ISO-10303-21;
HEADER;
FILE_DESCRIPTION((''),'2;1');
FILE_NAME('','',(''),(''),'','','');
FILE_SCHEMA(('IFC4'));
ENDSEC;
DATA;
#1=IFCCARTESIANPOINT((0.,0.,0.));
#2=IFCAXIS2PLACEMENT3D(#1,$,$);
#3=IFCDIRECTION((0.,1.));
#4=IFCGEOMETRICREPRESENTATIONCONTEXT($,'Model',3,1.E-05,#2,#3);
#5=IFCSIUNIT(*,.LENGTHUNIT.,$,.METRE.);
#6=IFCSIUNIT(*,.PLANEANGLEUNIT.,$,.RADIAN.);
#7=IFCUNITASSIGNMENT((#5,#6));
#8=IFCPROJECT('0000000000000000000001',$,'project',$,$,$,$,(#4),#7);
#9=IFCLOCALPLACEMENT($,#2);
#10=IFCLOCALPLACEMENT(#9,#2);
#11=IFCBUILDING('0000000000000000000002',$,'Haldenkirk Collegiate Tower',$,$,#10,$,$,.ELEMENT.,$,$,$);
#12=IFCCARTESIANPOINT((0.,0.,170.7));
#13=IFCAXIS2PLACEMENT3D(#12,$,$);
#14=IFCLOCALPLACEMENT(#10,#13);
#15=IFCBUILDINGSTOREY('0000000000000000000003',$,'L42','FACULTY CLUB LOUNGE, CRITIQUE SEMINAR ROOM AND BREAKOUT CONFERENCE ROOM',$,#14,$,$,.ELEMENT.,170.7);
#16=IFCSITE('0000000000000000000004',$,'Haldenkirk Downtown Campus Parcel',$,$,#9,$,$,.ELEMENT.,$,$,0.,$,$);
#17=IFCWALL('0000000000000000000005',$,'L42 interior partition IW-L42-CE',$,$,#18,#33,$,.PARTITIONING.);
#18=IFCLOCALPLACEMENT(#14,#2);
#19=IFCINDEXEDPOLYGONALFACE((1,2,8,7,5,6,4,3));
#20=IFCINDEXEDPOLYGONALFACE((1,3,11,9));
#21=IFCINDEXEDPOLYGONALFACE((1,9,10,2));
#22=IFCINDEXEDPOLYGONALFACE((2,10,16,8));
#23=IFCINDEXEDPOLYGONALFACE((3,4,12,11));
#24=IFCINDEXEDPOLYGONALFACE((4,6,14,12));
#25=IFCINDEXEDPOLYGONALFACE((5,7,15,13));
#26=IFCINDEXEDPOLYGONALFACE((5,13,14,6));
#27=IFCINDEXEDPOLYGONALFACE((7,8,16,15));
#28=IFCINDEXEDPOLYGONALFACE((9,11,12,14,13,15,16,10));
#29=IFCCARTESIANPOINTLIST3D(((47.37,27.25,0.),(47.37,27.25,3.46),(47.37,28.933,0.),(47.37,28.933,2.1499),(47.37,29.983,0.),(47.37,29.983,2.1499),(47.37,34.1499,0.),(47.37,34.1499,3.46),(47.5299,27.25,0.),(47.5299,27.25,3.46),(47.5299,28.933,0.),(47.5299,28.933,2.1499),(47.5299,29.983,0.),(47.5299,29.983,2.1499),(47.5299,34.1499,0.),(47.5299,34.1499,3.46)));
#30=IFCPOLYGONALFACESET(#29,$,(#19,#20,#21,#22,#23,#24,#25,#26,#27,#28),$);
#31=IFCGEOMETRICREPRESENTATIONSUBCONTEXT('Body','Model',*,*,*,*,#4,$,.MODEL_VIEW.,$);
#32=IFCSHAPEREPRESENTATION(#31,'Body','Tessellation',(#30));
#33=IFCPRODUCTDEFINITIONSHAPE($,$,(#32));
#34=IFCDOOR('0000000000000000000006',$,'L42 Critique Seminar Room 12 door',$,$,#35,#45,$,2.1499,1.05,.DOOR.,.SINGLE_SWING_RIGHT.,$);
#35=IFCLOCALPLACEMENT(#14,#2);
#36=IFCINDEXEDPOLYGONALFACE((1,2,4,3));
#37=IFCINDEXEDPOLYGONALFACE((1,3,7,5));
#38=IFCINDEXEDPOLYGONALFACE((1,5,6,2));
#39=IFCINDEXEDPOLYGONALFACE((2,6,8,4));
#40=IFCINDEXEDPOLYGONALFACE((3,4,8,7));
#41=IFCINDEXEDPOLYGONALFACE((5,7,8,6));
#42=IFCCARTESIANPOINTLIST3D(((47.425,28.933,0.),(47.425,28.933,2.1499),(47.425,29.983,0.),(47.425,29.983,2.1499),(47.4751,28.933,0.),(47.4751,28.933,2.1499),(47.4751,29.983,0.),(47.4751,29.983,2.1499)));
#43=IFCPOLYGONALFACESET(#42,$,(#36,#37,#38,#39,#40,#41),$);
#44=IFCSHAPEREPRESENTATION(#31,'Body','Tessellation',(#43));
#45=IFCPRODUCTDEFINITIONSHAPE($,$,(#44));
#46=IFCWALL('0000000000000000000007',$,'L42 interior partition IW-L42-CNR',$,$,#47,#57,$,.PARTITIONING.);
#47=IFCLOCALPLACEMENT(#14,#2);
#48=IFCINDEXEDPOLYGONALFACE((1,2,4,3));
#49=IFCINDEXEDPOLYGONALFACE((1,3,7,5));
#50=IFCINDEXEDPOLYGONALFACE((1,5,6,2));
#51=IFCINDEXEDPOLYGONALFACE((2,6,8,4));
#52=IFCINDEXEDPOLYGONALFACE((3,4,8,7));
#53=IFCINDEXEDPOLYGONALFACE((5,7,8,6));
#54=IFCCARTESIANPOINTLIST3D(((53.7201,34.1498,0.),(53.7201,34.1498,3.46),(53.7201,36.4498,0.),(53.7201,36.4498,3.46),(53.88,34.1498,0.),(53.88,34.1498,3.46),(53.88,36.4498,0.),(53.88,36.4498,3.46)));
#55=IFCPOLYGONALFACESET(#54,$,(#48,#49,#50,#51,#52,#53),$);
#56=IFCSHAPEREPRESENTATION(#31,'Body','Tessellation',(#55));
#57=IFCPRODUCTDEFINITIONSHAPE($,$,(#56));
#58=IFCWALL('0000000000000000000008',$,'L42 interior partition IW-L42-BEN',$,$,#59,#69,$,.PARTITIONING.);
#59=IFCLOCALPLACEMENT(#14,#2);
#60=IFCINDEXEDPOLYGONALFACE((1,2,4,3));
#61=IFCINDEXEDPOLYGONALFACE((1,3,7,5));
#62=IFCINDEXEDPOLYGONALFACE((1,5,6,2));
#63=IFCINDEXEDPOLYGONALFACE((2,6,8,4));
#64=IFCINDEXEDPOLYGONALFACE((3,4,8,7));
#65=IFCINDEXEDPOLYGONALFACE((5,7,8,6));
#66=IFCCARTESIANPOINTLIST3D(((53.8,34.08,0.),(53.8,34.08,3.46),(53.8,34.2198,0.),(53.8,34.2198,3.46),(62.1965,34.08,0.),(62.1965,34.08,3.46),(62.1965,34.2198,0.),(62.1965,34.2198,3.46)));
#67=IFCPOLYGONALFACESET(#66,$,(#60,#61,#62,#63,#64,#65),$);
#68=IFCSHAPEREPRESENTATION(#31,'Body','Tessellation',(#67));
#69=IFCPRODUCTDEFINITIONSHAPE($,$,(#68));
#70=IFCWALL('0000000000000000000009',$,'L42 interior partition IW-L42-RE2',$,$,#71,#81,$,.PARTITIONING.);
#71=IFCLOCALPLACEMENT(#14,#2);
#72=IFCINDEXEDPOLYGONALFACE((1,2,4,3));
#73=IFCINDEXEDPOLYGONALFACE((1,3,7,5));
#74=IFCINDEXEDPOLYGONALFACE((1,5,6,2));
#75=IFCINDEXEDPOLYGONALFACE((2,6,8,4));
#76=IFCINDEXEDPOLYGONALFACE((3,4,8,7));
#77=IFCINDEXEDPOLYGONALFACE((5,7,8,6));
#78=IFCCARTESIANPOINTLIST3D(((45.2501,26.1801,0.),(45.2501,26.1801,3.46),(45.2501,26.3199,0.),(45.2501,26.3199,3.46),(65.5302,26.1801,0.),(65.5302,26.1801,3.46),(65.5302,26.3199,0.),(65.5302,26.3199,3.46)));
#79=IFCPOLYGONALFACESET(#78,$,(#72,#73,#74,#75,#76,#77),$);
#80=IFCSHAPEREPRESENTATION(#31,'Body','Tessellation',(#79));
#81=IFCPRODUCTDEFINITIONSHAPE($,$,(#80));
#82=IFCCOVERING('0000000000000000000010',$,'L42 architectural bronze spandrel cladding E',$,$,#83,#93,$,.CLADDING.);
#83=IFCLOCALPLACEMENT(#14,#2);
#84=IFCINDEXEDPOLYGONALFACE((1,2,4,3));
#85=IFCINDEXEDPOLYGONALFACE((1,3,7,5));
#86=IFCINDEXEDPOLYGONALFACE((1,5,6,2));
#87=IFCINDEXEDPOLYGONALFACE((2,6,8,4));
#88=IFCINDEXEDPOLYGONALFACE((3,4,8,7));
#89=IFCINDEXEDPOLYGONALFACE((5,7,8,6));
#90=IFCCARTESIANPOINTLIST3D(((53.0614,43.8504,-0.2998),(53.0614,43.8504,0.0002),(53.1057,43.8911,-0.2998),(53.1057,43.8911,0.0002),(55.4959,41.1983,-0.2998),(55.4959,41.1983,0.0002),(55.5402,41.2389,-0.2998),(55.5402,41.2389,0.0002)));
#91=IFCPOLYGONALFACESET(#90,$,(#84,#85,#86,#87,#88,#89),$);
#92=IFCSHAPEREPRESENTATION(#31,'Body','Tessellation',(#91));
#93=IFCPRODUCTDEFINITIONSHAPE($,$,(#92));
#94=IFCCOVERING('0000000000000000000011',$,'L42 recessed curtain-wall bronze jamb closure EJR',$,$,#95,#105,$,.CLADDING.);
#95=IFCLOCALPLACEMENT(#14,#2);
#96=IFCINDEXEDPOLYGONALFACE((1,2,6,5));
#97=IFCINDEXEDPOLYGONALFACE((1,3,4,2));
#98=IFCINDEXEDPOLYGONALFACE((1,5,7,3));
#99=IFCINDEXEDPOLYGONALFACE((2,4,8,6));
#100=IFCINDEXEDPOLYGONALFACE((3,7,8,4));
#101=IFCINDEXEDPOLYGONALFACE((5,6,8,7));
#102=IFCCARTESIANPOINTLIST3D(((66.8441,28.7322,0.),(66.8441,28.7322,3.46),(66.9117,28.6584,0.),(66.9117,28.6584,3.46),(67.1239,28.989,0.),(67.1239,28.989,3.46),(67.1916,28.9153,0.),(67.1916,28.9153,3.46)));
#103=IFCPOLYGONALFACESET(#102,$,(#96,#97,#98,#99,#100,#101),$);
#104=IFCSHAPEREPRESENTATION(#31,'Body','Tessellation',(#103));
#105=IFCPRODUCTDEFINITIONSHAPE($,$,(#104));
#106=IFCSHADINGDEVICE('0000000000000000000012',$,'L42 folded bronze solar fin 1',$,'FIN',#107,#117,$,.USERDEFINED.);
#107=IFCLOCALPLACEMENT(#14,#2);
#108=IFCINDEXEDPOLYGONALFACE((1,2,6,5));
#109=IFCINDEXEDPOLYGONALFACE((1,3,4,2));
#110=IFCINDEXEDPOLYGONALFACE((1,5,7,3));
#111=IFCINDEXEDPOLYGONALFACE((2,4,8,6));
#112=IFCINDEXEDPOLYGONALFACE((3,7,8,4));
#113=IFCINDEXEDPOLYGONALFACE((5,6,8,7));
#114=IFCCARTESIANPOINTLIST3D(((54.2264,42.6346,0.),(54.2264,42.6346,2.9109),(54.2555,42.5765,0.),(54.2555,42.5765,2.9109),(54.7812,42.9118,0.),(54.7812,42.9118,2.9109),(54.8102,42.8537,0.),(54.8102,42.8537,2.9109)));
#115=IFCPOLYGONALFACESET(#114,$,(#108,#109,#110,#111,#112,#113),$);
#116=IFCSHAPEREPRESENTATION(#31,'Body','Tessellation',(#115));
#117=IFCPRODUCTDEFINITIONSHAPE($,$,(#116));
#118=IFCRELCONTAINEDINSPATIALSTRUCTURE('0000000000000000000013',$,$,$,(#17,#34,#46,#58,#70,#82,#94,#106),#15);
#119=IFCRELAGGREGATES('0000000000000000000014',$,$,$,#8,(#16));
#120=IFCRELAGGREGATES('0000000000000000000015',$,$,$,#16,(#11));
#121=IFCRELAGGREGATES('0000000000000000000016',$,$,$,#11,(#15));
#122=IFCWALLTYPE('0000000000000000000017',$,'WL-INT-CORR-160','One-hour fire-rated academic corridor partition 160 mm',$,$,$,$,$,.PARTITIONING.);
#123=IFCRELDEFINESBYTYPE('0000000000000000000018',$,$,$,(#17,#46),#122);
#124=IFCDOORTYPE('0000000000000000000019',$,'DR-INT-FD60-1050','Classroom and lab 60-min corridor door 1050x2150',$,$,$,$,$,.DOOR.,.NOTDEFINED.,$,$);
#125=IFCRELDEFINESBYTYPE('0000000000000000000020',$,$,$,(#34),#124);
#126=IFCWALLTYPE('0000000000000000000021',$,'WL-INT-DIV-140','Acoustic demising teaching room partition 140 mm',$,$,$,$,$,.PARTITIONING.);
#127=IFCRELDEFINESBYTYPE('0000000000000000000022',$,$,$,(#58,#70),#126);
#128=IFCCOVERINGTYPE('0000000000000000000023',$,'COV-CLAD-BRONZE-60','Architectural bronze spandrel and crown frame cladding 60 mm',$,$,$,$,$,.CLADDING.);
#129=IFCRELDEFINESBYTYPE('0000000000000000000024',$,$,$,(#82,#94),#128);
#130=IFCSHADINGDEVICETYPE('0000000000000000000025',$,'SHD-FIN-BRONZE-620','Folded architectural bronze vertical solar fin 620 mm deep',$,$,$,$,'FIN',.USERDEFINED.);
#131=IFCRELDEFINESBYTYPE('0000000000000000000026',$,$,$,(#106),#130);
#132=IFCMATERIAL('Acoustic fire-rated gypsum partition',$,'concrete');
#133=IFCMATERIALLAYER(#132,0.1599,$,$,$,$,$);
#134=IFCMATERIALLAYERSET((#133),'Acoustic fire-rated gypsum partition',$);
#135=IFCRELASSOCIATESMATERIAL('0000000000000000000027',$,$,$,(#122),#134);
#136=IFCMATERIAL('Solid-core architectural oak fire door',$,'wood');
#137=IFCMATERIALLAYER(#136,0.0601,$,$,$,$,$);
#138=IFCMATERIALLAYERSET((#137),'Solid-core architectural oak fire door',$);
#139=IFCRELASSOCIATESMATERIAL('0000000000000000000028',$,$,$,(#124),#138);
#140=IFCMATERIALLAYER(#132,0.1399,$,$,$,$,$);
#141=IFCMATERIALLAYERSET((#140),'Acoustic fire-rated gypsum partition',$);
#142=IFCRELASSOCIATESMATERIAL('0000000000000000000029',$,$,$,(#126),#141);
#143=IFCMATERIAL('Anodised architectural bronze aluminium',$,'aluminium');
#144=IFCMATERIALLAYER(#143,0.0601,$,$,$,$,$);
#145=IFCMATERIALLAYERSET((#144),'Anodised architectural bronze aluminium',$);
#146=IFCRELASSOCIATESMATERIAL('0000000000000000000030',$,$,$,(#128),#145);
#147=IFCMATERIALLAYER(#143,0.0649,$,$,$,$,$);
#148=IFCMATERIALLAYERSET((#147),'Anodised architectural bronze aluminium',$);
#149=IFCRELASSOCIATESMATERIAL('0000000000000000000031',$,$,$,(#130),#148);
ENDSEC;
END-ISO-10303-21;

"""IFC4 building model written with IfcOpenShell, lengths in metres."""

from ifc_helpers import new_model, si_unit, direction, frame, frame_2d, origin, origin_2d, place, context, subcontext, project, spatial, rectangle, extrude, source, transform, mapped, material, layer, layer_set, type_object, element, fill, save


model = new_model("IFC4")

# Units and contexts
model_context = context("Model", 3, precision=1e-05, world=origin(), true_north=direction((0.0, 1.0)))
body_context = subcontext(model_context, "Body", "Model", "MODEL_VIEW")
ifc_project = project(units=[si_unit("LENGTHUNIT", "METRE"), si_unit("PLANEANGLEUNIT", "RADIAN")], contexts=[model_context])

# Site, building, storey
site_placement = place(None, origin())
site = spatial("IfcSite", under=ifc_project, at=site_placement, Name="Haldenkirk Downtown Campus Parcel", CompositionType="ELEMENT", RefElevation=0.0)
building_placement = place(site_placement, origin())
building = spatial("IfcBuilding", under=site, at=building_placement, Name="Haldenkirk Collegiate Tower", CompositionType="ELEMENT")
storey_placement = place(building_placement, frame((0.0, 0.0, 170.7)))
storey = spatial("IfcBuildingStorey", under=building, at=storey_placement, Name="L42", Description="FACULTY CLUB LOUNGE, CRITIQUE SEMINAR ROOM AND BREAKOUT CONFERENCE ROOM", CompositionType="ELEMENT", Elevation=170.7)

# Shared definitions
ifc_material_1 = material(Name="Anodised architectural bronze aluminium", Category="aluminium")

# Shared definitions
ifc_material_2 = material(Name="Acoustic fire-rated gypsum partition", Category="concrete")
ifc_layer_1 = layer(ifc_material_2, 0.1599)
ifc_layer_set_1 = layer_set([ifc_layer_1], Name="Acoustic fire-rated gypsum partition")
wall_type_1 = type_object("IfcWallType", Name="WL-INT-CORR-160", Description="One-hour fire-rated academic corridor partition 160 mm", PredefinedType="PARTITIONING", material=ifc_layer_set_1)

# Wall, opening, door
wall_1_placement = place(storey_placement, frame((47.45, 27.25, 0.0), z_axis=(0.0, 0.0, 1.0), x_axis=(0.0, 1.0, 0.0)))
wall_1 = element("IfcWall", 1, at=wall_1_placement, inside=storey, type_object=wall_type_1, Name="L42 interior partition IW-L42-CE", PredefinedType="PARTITIONING", context=body_context, shape_type="SweptSolid", body=[
    extrude(rectangle(XDim=6.8999, YDim=0.1599, at=frame_2d((3.45, 0.0))), origin(), (0.0, 0.0, 1.0), 3.46),
])
opening_1_placement = place(wall_1_placement, frame((1.6831, 0.0, 0.0)))
opening_1 = element("IfcOpeningElement", 2, at=opening_1_placement, cuts=wall_1, PredefinedType="OPENING", context=body_context, shape_type="SweptSolid", body=[
    extrude(rectangle(XDim=1.05, YDim=2.1499, at=frame_2d((0.5249, 1.075))), frame((0.0, 0.0898, 0.0), z_axis=(0.0, -1.0, 0.0), x_axis=(1.0, 0.0, 0.0)), (0.0, 0.0, 1.0), 0.1799),
])
ifc_material_3 = material(Name="Solid-core architectural oak fire door", Category="wood")
ifc_layer_2 = layer(ifc_material_3, 0.0601)
ifc_layer_set_2 = layer_set([ifc_layer_2], Name="Solid-core architectural oak fire door")
door_type_1 = type_object("IfcDoorType", Name="DR-INT-FD60-1050", Description="Classroom and lab 60-min corridor door 1050x2150", OperationType="NOTDEFINED", PredefinedType="DOOR", material=ifc_layer_set_2)
door_1_placement = place(opening_1_placement, origin())
door_1 = element("IfcDoor", 3, at=door_1_placement, inside=storey, type_object=door_type_1, Name="L42 Critique Seminar Room 12 door", OperationType="SINGLE_SWING_RIGHT", OverallHeight=2.1499, OverallWidth=1.05, PredefinedType="DOOR", context=body_context, shape_type="SweptSolid", body=[
    extrude(rectangle(XDim=1.05, YDim=2.1499, at=frame_2d((0.5249, 1.075))), frame((0.0, 0.0249, 0.0), z_axis=(0.0, -1.0, 0.0), x_axis=(1.0, 0.0, 0.0)), (0.0, 0.0, 1.0), 0.05),
])
fill(opening_1, door_1)

# Walls
wall_2_placement = place(storey_placement, frame((53.8, 34.1499, 0.0), z_axis=(0.0, 0.0, 1.0), x_axis=(0.0, 1.0, 0.0)))
element("IfcWall", 4, at=wall_2_placement, inside=storey, type_object=wall_type_1, Name="L42 interior partition IW-L42-CNR", PredefinedType="PARTITIONING", context=body_context, shape_type="SweptSolid", body=[
    extrude(rectangle(XDim=2.3, YDim=0.1599, at=frame_2d((1.1499, 0.0))), origin(), (0.0, 0.0, 1.0), 3.46),
])
ifc_layer_3 = layer(ifc_material_2, 0.1399)
ifc_layer_set_3 = layer_set([ifc_layer_3], Name="Acoustic fire-rated gypsum partition")
wall_type_2 = type_object("IfcWallType", Name="WL-INT-DIV-140", Description="Acoustic demising teaching room partition 140 mm", PredefinedType="PARTITIONING", material=ifc_layer_set_3)
wall_3_placement = place(storey_placement, frame((53.8, 34.1499, 0.0), z_axis=(0.0, 0.0, 1.0), x_axis=(1.0, 0.0, 0.0)))
element("IfcWall", 5, at=wall_3_placement, inside=storey, type_object=wall_type_2, Name="L42 interior partition IW-L42-BEN", PredefinedType="PARTITIONING", context=body_context, shape_type="SweptSolid", body=[
    extrude(rectangle(XDim=8.3965, YDim=0.1399, at=frame_2d((4.1982, 0.0))), origin(), (0.0, 0.0, 1.0), 3.46),
])
wall_4_placement = place(storey_placement, frame((45.25, 26.25, 0.0), z_axis=(0.0, 0.0, 1.0), x_axis=(1.0, 0.0, 0.0)))
element("IfcWall", 6, at=wall_4_placement, inside=storey, type_object=wall_type_2, Name="L42 interior partition IW-L42-RE2", PredefinedType="PARTITIONING", context=body_context, shape_type="SweptSolid", body=[
    extrude(rectangle(XDim=20.28, YDim=0.1399, at=frame_2d((10.1401, 0.0))), origin(), (0.0, 0.0, 1.0), 3.46),
])

# Coverings
ifc_layer_4 = layer(ifc_material_1, 0.0601)
ifc_layer_set_4 = layer_set([ifc_layer_4], Name="Anodised architectural bronze aluminium")
covering_type = type_object("IfcCoveringType", Name="COV-CLAD-BRONZE-60", Description="Architectural bronze spandrel and crown frame cladding 60 mm", PredefinedType="CLADDING", material=ifc_layer_set_4)
shared_shape_1 = source(origin(), body_context, "Body", "SweptSolid", [
    extrude(rectangle(XDim=3.6001, YDim=0.0601, at=origin_2d()), origin(), (0.0, 0.0, 1.0), 0.3),
])
covering_1_placement = place(storey_placement, frame((54.3008, 42.5447, -0.2998), z_axis=(0.0, 0.0, 1.0), x_axis=(0.676233, -0.736687, 0.0)))
element("IfcCovering", 7, at=covering_1_placement, inside=storey, type_object=covering_type, Name="L42 architectural bronze spandrel cladding E", PredefinedType="CLADDING", context=body_context, shape_type="MappedRepresentation", body=[
    mapped(shared_shape_1, transform((0.0, 0.0, 0.0), x_axis=(1.0, 0.0, 0.0), y_axis=(0.0, 1.0, 0.0), z_axis=(0.0, 0.0, 1.0), scale=1.0)),
])
shared_shape_2 = source(origin(), body_context, "Body", "SweptSolid", [
    extrude(rectangle(XDim=0.1001, YDim=0.3799, at=origin_2d()), origin(), (0.0, 0.0, 1.0), 3.46),
])
covering_2_placement = place(storey_placement, frame((67.0178, 28.8237, 0.0), z_axis=(0.0, 0.0, 1.0), x_axis=(0.676233, -0.736687, 0.0)))
element("IfcCovering", 8, at=covering_2_placement, inside=storey, type_object=covering_type, Name="L42 recessed curtain-wall bronze jamb closure EJR", PredefinedType="CLADDING", context=body_context, shape_type="MappedRepresentation", body=[
    mapped(shared_shape_2, transform((0.0, 0.0, 0.0), x_axis=(1.0, 0.0, 0.0), y_axis=(0.0, 1.0, 0.0), z_axis=(0.0, 0.0, 1.0), scale=1.0)),
])

# Shading device
ifc_layer_5 = layer(ifc_material_1, 0.0649)
ifc_layer_set_5 = layer_set([ifc_layer_5], Name="Anodised architectural bronze aluminium")
shading_device_type = type_object("IfcShadingDeviceType", Name="SHD-FIN-BRONZE-620", Description="Folded architectural bronze vertical solar fin 620 mm deep", ElementType="FIN", PredefinedType="USERDEFINED", material=ifc_layer_set_5)
shared_shape_3 = source(origin(), body_context, "Body", "SweptSolid", [
    extrude(rectangle(XDim=0.6201, YDim=0.0649, at=origin_2d()), origin(), (0.0, 0.0, 1.0), 2.9109),
])
shading_device_placement = place(storey_placement, frame((54.5183, 42.7441, 0.0), z_axis=(0.0, 0.0, 1.0), x_axis=(0.894545, 0.446979, 0.0)))
element("IfcShadingDevice", 9, at=shading_device_placement, inside=storey, type_object=shading_device_type, Name="L42 folded bronze solar fin 1", ObjectType="FIN", PredefinedType="USERDEFINED", context=body_context, shape_type="MappedRepresentation", body=[
    mapped(shared_shape_3, transform((0.0, 0.0, 0.0), x_axis=(1.0, 0.0, 0.0), y_axis=(0.0, 1.0, 0.0), z_axis=(0.0, 0.0, 1.0), scale=1.0)),
])

save(model, "model.ifc")
